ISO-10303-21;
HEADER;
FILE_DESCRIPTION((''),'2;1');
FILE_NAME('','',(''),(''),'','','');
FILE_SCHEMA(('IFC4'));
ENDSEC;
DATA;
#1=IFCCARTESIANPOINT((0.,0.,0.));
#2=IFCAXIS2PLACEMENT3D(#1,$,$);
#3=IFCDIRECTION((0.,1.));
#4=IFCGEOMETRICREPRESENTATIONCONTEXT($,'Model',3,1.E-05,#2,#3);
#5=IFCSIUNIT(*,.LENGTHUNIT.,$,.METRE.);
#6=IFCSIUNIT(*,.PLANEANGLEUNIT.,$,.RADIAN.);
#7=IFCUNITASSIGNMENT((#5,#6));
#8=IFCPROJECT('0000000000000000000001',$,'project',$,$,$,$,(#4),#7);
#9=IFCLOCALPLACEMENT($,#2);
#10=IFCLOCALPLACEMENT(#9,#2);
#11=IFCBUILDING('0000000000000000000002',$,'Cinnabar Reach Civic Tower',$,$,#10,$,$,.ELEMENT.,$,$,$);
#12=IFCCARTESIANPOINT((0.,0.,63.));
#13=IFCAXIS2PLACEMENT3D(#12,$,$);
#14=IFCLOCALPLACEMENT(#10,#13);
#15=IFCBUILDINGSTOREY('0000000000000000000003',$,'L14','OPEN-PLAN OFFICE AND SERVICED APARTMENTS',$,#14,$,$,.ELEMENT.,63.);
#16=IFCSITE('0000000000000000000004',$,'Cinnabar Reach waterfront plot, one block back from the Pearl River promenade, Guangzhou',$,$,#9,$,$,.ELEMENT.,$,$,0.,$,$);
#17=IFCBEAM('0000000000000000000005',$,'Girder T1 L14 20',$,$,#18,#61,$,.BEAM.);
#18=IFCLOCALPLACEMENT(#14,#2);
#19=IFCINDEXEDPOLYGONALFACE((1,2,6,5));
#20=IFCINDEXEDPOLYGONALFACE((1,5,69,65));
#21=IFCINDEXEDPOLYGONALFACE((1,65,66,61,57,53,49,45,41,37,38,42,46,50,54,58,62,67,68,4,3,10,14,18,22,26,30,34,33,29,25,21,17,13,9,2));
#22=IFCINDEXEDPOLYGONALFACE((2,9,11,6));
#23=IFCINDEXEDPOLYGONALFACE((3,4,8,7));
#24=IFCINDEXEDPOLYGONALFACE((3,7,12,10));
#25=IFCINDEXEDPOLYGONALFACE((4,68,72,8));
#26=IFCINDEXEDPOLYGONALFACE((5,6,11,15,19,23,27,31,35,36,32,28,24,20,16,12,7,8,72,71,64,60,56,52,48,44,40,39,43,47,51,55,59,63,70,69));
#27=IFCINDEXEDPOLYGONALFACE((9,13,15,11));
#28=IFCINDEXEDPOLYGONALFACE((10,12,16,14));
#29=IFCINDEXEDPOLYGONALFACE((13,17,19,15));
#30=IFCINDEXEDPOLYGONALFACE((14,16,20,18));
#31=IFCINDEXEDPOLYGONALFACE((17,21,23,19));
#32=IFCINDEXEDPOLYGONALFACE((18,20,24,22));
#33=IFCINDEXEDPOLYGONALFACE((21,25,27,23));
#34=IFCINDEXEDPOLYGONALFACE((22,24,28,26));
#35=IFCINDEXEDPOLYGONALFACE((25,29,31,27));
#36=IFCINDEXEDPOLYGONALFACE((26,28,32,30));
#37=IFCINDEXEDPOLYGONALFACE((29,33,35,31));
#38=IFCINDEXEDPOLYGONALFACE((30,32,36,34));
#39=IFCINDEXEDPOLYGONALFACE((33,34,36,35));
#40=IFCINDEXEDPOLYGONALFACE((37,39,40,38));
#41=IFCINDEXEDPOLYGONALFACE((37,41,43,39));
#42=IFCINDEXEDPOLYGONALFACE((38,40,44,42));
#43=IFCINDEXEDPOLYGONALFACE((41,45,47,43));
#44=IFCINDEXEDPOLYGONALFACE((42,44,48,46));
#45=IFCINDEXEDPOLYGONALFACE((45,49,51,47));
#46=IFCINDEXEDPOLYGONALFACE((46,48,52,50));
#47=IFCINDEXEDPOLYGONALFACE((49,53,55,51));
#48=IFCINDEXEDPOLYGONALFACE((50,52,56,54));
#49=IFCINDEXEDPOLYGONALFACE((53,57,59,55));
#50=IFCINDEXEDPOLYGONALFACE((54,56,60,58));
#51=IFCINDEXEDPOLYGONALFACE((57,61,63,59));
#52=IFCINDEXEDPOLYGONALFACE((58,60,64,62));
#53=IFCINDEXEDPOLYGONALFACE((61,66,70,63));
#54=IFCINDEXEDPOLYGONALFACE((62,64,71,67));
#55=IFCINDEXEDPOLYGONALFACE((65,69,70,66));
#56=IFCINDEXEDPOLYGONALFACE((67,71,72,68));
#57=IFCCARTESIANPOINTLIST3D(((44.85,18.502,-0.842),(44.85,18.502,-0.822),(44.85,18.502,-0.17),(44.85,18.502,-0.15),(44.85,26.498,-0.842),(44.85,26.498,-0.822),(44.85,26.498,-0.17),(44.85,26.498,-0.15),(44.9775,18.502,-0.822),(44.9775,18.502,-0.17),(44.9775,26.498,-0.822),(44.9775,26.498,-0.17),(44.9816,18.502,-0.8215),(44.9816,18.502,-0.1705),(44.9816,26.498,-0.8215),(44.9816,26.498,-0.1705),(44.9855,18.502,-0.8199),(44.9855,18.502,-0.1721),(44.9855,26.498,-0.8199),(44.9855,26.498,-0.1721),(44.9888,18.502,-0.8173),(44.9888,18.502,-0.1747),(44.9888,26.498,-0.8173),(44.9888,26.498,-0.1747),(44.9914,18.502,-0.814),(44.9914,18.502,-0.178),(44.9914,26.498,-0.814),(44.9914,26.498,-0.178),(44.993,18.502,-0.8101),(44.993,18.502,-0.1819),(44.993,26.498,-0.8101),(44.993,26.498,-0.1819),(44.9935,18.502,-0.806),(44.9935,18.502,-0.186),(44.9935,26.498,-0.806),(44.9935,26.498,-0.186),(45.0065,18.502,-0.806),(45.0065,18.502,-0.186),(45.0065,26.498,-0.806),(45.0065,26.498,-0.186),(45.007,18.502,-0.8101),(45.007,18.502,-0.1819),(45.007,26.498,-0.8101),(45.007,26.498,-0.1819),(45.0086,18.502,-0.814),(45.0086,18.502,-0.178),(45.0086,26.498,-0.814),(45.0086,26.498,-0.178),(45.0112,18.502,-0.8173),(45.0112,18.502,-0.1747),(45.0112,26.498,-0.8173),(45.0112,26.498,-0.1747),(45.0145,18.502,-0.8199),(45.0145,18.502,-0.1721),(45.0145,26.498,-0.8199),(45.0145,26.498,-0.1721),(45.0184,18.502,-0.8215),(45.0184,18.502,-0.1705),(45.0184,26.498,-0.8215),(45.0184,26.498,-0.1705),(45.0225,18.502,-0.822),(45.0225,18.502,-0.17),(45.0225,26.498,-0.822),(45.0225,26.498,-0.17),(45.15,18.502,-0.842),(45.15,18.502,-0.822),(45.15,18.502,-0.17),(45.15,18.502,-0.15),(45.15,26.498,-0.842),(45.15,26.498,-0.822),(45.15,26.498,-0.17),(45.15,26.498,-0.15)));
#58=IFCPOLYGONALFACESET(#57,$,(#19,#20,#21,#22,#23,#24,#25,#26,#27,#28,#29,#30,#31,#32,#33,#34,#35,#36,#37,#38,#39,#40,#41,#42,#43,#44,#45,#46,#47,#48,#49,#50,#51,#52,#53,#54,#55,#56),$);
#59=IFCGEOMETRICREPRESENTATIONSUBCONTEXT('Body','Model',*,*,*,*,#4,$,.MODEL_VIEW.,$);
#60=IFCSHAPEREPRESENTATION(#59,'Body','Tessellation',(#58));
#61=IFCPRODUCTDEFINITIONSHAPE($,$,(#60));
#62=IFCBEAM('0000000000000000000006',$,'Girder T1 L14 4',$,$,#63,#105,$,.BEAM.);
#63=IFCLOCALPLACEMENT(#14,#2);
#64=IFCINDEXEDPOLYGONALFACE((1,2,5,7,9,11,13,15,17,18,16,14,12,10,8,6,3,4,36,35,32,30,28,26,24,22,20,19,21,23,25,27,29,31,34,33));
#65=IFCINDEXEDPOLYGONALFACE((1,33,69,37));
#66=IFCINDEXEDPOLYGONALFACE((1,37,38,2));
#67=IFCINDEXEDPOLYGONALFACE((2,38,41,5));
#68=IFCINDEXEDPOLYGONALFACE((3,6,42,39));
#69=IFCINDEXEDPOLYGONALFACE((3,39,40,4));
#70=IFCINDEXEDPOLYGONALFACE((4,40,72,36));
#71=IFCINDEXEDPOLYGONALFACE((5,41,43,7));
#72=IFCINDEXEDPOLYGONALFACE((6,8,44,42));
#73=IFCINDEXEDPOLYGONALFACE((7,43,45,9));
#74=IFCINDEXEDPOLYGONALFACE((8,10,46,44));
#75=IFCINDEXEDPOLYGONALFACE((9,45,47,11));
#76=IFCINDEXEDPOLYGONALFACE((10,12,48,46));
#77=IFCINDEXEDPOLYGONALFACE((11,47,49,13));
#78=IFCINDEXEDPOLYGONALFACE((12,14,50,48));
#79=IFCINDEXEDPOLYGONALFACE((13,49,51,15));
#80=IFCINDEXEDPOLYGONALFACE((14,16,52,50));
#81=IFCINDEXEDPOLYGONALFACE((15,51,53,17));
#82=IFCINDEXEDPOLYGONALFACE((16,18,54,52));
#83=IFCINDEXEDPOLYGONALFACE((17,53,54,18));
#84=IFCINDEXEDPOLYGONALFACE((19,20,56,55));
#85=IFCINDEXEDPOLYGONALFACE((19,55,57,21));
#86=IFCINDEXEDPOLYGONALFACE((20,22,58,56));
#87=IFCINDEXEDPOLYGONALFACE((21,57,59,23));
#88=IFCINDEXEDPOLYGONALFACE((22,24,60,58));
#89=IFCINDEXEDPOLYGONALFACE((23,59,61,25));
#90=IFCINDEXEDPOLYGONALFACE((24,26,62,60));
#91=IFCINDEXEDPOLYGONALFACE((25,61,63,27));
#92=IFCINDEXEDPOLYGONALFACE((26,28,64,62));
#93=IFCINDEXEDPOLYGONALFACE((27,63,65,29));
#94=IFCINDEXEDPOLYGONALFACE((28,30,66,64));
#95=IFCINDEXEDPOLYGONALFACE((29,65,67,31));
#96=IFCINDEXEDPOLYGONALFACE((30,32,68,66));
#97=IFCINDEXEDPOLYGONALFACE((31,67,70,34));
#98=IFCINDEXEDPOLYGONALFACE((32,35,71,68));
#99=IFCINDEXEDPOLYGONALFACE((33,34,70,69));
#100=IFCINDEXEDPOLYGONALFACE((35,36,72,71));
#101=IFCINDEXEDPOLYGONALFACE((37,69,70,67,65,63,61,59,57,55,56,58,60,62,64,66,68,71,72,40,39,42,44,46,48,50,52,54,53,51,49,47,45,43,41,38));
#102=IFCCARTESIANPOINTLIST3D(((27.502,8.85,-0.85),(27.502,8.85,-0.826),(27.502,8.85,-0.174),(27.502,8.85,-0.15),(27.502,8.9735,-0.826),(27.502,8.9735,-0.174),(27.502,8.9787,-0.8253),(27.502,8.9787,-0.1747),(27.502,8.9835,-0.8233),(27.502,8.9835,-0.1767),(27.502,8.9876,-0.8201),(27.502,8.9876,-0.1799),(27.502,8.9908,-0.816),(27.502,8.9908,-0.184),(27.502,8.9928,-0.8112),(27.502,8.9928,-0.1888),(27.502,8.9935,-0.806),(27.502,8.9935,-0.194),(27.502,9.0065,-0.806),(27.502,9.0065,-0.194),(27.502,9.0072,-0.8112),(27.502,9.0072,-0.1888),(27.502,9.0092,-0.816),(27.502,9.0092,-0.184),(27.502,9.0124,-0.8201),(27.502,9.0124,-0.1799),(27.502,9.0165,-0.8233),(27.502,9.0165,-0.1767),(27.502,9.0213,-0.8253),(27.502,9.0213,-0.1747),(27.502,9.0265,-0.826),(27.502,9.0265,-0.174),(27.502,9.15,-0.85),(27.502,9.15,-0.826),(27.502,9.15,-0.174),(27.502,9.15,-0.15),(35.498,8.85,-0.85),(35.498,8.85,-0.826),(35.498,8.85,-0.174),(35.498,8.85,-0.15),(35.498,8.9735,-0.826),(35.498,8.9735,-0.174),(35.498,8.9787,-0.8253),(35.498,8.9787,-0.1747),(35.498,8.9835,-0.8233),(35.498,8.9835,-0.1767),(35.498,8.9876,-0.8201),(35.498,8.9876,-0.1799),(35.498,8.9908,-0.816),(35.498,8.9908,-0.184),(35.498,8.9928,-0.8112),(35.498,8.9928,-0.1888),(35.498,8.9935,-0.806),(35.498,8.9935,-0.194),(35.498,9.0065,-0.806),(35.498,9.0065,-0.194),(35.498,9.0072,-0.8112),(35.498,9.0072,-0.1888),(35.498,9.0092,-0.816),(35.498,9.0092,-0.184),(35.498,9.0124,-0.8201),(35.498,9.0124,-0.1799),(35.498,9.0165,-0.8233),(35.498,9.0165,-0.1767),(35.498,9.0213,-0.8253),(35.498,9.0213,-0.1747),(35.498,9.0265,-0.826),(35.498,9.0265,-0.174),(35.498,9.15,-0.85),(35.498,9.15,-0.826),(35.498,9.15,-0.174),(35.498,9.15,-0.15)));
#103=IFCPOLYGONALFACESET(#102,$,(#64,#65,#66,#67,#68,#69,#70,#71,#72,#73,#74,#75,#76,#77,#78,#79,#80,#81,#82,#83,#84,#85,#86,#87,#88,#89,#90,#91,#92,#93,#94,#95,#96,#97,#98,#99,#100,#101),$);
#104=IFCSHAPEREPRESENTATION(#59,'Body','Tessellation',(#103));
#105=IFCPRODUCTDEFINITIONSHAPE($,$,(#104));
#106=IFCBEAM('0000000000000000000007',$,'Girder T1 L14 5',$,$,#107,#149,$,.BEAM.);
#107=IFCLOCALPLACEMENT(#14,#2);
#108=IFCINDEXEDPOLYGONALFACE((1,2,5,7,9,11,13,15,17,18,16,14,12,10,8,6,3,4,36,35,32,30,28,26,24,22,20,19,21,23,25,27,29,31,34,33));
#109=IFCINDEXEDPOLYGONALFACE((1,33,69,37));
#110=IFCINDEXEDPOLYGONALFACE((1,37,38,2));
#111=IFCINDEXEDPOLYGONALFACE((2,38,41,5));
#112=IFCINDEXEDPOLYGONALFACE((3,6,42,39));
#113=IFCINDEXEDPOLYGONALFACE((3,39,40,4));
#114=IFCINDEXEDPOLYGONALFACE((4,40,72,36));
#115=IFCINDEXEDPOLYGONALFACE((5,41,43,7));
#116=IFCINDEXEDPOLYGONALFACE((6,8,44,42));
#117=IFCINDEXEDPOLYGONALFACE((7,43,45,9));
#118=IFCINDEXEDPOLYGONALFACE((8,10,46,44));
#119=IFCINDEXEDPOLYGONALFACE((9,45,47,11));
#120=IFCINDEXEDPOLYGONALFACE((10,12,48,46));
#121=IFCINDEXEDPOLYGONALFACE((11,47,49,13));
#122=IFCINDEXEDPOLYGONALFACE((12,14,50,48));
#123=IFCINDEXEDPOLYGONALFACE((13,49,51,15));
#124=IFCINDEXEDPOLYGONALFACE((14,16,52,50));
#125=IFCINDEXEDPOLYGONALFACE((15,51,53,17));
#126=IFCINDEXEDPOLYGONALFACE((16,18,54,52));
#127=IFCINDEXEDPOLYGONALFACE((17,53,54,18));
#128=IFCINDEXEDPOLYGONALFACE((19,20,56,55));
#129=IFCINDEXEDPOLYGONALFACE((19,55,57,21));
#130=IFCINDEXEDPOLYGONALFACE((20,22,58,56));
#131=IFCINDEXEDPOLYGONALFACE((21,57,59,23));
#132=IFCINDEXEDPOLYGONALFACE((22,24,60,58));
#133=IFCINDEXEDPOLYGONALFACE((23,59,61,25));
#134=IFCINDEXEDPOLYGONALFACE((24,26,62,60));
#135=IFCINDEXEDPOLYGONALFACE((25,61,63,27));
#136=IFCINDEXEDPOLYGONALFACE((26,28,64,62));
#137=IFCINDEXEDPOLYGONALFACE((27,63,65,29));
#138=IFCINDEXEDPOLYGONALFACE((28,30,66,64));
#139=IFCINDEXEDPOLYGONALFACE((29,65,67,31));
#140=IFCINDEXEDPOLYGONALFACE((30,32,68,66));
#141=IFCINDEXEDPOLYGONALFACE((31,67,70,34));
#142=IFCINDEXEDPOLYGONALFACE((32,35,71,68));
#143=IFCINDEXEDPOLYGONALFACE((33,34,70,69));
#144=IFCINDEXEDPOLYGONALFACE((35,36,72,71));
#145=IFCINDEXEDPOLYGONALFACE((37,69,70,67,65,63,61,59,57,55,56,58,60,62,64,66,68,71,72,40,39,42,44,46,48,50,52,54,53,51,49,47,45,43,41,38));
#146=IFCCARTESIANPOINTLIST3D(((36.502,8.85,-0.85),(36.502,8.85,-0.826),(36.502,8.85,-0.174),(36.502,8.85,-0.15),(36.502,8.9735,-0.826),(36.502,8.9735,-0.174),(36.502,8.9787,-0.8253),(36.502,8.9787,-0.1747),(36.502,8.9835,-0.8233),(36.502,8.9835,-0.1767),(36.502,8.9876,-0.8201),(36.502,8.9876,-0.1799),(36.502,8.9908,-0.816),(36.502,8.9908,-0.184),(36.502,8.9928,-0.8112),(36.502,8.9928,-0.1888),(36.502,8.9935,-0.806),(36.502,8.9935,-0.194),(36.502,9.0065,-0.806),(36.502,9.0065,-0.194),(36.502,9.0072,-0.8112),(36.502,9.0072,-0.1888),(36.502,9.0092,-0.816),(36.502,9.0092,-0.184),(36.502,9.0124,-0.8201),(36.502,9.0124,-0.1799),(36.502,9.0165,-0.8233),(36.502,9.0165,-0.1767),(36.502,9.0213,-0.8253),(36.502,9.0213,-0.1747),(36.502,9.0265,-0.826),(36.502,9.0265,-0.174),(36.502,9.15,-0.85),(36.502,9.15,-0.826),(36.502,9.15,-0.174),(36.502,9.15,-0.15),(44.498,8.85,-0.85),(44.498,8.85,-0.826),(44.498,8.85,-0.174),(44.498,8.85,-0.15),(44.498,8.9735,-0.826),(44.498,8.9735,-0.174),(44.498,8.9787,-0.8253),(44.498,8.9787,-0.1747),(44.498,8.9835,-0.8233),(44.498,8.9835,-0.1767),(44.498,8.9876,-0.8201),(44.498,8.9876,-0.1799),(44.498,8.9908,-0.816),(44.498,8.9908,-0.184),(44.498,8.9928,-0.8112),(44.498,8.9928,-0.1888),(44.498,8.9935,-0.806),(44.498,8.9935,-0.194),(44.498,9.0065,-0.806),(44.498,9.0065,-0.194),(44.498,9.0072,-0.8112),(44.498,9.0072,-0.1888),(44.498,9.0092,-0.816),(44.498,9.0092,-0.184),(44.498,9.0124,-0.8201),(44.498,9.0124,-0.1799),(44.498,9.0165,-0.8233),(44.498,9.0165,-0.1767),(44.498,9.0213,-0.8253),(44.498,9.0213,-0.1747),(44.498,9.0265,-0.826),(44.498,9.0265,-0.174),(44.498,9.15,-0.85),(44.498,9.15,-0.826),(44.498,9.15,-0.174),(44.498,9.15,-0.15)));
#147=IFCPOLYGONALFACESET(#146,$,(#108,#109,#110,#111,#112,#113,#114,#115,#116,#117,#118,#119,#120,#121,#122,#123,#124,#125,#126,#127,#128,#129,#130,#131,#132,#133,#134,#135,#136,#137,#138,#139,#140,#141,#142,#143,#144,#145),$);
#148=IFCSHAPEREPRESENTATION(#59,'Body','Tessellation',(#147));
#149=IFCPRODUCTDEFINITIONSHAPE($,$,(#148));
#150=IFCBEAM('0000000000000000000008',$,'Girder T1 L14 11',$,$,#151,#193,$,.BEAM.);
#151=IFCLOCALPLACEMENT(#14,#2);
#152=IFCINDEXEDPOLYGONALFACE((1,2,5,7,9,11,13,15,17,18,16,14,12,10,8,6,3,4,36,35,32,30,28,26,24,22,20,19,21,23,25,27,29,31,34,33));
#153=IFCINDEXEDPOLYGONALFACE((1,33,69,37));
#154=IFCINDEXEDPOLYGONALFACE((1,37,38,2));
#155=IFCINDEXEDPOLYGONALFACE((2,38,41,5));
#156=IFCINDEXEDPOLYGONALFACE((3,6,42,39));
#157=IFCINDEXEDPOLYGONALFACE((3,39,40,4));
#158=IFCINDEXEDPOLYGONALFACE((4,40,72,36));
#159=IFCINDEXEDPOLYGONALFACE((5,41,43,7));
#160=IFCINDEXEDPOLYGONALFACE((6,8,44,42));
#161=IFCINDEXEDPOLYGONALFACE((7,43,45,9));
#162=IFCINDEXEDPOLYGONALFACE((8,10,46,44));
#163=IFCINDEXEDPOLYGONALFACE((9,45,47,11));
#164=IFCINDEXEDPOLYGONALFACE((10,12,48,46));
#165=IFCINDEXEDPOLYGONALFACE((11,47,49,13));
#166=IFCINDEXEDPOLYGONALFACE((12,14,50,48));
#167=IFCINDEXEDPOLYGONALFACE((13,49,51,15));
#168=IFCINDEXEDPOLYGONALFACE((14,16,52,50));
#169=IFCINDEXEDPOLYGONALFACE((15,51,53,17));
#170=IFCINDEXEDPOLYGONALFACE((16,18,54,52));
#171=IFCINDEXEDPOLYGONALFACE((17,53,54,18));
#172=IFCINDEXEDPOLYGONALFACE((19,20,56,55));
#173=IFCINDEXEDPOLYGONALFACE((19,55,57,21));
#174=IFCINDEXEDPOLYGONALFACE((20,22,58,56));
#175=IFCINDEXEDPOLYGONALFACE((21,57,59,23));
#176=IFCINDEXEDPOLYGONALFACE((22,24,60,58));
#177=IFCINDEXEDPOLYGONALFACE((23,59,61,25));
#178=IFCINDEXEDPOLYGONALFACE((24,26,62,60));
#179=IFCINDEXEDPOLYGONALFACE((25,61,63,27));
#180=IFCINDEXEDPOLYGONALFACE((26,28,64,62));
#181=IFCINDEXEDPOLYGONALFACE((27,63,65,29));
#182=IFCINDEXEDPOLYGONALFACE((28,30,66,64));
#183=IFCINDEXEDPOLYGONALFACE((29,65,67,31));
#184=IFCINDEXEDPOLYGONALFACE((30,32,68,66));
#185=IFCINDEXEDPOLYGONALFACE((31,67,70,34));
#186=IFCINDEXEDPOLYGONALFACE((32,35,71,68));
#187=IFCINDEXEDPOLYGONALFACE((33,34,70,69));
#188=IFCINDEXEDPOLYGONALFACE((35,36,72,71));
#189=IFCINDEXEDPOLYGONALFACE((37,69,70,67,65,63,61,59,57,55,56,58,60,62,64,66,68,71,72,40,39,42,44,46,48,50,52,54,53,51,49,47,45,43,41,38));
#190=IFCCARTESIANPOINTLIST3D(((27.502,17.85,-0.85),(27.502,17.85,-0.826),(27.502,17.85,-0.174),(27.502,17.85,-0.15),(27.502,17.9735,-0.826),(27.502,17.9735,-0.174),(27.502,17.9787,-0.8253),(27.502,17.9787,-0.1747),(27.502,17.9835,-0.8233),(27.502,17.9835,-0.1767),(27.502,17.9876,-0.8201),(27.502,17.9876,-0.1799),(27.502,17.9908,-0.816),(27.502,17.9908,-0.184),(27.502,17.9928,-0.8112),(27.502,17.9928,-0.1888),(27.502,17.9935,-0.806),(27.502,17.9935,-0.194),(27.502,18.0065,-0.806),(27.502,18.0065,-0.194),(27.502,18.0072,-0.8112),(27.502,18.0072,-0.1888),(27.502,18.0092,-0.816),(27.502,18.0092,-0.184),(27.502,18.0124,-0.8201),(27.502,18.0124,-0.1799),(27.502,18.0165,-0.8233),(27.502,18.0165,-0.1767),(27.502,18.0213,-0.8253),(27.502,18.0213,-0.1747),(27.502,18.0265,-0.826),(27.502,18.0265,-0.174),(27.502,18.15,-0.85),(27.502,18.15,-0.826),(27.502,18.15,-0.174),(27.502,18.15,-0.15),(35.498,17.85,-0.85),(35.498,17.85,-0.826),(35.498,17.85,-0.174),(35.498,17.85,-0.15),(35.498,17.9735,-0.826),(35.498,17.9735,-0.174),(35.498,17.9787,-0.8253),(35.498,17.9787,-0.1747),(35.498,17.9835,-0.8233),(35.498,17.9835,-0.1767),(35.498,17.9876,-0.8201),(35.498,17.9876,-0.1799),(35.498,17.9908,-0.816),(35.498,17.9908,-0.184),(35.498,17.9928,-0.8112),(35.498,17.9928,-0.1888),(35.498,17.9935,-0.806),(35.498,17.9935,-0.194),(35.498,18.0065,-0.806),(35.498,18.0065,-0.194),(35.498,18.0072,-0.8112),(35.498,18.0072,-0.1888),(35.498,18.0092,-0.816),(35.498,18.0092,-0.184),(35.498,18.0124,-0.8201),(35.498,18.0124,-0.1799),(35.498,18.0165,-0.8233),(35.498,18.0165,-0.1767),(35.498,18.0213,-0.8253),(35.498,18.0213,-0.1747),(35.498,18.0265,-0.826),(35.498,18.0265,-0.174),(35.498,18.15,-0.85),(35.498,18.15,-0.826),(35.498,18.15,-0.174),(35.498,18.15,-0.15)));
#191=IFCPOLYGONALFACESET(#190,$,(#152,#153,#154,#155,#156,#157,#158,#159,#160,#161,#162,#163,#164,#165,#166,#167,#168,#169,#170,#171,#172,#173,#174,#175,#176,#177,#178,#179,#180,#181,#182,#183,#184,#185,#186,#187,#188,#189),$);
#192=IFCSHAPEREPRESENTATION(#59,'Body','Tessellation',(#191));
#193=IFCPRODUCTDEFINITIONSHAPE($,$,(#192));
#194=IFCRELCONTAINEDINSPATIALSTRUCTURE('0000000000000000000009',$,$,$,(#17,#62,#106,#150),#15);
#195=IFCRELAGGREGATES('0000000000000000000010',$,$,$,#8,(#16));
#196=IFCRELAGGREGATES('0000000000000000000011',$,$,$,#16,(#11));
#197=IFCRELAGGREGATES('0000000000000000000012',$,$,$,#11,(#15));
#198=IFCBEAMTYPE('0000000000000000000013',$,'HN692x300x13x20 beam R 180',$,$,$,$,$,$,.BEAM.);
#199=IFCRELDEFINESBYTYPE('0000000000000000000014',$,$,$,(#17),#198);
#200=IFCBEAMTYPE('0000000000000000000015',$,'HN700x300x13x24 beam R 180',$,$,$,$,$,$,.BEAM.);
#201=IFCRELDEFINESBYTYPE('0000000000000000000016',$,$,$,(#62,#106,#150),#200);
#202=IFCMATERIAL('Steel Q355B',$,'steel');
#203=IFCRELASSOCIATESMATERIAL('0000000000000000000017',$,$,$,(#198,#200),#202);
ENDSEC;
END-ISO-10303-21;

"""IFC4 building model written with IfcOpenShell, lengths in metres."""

from ifc_helpers import new_model, si_unit, direction, frame, origin, origin_2d, place, context, subcontext, project, spatial, i_section, extrude, material, material_profile, profile_set, type_object, element, save


model = new_model("IFC4")

# Units and contexts
model_context = context("Model", 3, precision=1e-05, world=origin(), true_north=direction((0.0, 1.0)))
body_context = subcontext(model_context, "Body", "Model", "MODEL_VIEW")
ifc_project = project(units=[si_unit("LENGTHUNIT", "METRE"), si_unit("PLANEANGLEUNIT", "RADIAN")], contexts=[model_context])

# Site, building, storey
site_placement = place(None, origin())
site = spatial("IfcSite", under=ifc_project, at=site_placement, Name="Cinnabar Reach waterfront plot, one block back from the Pearl River promenade, Guangzhou", CompositionType="ELEMENT", RefElevation=0.0)
building_placement = place(site_placement, origin())
building = spatial("IfcBuilding", under=site, at=building_placement, Name="Cinnabar Reach Civic Tower", CompositionType="ELEMENT")
storey_placement = place(building_placement, frame((0.0, 0.0, 63.0)))
storey = spatial("IfcBuildingStorey", under=building, at=storey_placement, Name="L14", Description="OPEN-PLAN OFFICE AND SERVICED APARTMENTS", CompositionType="ELEMENT", Elevation=63.0)

# Beams
ifc_material_1 = material(Name="Steel Q355B", Category="steel")
ifc_material_profile_1 = material_profile(ifc_material_1, i_section(OverallWidth=0.3, OverallDepth=0.692, WebThickness=0.013, FlangeThickness=0.02, FilletRadius=0.016, at=origin_2d()), Name="HN692x300x13x20")
ifc_profile_set_1 = profile_set([ifc_material_profile_1], Name="Steel Q355B")
beam_type_1 = type_object("IfcBeamType", Name="HN692x300x13x20 beam R 180", PredefinedType="BEAM", material=ifc_profile_set_1)
for number, where, z_axis, x_axis, name in (
    (1, (45.0, 18.502, -0.496), (0.0, 1.0, 0.0), (-1.0, 0.0, 0.0), "Girder T1 L14 20"),
):
    element("IfcBeam", number, at=place(storey_placement, frame(where, z_axis=z_axis, x_axis=x_axis)), inside=storey, type_object=beam_type_1, Name=name, PredefinedType="BEAM", context=body_context, shape_type="SweptSolid", body=[
        extrude(i_section(OverallWidth=0.3, OverallDepth=0.692, WebThickness=0.013, FlangeThickness=0.02, FilletRadius=0.016, at=origin_2d()), origin(), (0.0, 0.0, 1.0), 7.996),
    ])
ifc_material_profile_2 = material_profile(ifc_material_1, i_section(OverallWidth=0.3, OverallDepth=0.7, WebThickness=0.013, FlangeThickness=0.024, FilletRadius=0.02, at=origin_2d()), Name="HN700x300x13x24")
ifc_profile_set_2 = profile_set([ifc_material_profile_2], Name="Steel Q355B")
beam_type_2 = type_object("IfcBeamType", Name="HN700x300x13x24 beam R 180", PredefinedType="BEAM", material=ifc_profile_set_2)
for number, where, z_axis, x_axis, name in (
    (2, (27.502, 9.0, -0.5), (1.0, 0.0, 0.0), (0.0, 1.0, 0.0), "Girder T1 L14 4"),
    (3, (36.502, 9.0, -0.5), (1.0, 0.0, 0.0), (0.0, 1.0, 0.0), "Girder T1 L14 5"),
    (4, (27.502, 18.0, -0.5), (1.0, 0.0, 0.0), (0.0, 1.0, 0.0), "Girder T1 L14 11"),
):
    element("IfcBeam", number, at=place(storey_placement, frame(where, z_axis=z_axis, x_axis=x_axis)), inside=storey, type_object=beam_type_2, Name=name, PredefinedType="BEAM", context=body_context, shape_type="SweptSolid", body=[
        extrude(i_section(OverallWidth=0.3, OverallDepth=0.7, WebThickness=0.013, FlangeThickness=0.024, FilletRadius=0.02, at=origin_2d()), origin(), (0.0, 0.0, 1.0), 7.996),
    ])

save(model, "model.ifc")
